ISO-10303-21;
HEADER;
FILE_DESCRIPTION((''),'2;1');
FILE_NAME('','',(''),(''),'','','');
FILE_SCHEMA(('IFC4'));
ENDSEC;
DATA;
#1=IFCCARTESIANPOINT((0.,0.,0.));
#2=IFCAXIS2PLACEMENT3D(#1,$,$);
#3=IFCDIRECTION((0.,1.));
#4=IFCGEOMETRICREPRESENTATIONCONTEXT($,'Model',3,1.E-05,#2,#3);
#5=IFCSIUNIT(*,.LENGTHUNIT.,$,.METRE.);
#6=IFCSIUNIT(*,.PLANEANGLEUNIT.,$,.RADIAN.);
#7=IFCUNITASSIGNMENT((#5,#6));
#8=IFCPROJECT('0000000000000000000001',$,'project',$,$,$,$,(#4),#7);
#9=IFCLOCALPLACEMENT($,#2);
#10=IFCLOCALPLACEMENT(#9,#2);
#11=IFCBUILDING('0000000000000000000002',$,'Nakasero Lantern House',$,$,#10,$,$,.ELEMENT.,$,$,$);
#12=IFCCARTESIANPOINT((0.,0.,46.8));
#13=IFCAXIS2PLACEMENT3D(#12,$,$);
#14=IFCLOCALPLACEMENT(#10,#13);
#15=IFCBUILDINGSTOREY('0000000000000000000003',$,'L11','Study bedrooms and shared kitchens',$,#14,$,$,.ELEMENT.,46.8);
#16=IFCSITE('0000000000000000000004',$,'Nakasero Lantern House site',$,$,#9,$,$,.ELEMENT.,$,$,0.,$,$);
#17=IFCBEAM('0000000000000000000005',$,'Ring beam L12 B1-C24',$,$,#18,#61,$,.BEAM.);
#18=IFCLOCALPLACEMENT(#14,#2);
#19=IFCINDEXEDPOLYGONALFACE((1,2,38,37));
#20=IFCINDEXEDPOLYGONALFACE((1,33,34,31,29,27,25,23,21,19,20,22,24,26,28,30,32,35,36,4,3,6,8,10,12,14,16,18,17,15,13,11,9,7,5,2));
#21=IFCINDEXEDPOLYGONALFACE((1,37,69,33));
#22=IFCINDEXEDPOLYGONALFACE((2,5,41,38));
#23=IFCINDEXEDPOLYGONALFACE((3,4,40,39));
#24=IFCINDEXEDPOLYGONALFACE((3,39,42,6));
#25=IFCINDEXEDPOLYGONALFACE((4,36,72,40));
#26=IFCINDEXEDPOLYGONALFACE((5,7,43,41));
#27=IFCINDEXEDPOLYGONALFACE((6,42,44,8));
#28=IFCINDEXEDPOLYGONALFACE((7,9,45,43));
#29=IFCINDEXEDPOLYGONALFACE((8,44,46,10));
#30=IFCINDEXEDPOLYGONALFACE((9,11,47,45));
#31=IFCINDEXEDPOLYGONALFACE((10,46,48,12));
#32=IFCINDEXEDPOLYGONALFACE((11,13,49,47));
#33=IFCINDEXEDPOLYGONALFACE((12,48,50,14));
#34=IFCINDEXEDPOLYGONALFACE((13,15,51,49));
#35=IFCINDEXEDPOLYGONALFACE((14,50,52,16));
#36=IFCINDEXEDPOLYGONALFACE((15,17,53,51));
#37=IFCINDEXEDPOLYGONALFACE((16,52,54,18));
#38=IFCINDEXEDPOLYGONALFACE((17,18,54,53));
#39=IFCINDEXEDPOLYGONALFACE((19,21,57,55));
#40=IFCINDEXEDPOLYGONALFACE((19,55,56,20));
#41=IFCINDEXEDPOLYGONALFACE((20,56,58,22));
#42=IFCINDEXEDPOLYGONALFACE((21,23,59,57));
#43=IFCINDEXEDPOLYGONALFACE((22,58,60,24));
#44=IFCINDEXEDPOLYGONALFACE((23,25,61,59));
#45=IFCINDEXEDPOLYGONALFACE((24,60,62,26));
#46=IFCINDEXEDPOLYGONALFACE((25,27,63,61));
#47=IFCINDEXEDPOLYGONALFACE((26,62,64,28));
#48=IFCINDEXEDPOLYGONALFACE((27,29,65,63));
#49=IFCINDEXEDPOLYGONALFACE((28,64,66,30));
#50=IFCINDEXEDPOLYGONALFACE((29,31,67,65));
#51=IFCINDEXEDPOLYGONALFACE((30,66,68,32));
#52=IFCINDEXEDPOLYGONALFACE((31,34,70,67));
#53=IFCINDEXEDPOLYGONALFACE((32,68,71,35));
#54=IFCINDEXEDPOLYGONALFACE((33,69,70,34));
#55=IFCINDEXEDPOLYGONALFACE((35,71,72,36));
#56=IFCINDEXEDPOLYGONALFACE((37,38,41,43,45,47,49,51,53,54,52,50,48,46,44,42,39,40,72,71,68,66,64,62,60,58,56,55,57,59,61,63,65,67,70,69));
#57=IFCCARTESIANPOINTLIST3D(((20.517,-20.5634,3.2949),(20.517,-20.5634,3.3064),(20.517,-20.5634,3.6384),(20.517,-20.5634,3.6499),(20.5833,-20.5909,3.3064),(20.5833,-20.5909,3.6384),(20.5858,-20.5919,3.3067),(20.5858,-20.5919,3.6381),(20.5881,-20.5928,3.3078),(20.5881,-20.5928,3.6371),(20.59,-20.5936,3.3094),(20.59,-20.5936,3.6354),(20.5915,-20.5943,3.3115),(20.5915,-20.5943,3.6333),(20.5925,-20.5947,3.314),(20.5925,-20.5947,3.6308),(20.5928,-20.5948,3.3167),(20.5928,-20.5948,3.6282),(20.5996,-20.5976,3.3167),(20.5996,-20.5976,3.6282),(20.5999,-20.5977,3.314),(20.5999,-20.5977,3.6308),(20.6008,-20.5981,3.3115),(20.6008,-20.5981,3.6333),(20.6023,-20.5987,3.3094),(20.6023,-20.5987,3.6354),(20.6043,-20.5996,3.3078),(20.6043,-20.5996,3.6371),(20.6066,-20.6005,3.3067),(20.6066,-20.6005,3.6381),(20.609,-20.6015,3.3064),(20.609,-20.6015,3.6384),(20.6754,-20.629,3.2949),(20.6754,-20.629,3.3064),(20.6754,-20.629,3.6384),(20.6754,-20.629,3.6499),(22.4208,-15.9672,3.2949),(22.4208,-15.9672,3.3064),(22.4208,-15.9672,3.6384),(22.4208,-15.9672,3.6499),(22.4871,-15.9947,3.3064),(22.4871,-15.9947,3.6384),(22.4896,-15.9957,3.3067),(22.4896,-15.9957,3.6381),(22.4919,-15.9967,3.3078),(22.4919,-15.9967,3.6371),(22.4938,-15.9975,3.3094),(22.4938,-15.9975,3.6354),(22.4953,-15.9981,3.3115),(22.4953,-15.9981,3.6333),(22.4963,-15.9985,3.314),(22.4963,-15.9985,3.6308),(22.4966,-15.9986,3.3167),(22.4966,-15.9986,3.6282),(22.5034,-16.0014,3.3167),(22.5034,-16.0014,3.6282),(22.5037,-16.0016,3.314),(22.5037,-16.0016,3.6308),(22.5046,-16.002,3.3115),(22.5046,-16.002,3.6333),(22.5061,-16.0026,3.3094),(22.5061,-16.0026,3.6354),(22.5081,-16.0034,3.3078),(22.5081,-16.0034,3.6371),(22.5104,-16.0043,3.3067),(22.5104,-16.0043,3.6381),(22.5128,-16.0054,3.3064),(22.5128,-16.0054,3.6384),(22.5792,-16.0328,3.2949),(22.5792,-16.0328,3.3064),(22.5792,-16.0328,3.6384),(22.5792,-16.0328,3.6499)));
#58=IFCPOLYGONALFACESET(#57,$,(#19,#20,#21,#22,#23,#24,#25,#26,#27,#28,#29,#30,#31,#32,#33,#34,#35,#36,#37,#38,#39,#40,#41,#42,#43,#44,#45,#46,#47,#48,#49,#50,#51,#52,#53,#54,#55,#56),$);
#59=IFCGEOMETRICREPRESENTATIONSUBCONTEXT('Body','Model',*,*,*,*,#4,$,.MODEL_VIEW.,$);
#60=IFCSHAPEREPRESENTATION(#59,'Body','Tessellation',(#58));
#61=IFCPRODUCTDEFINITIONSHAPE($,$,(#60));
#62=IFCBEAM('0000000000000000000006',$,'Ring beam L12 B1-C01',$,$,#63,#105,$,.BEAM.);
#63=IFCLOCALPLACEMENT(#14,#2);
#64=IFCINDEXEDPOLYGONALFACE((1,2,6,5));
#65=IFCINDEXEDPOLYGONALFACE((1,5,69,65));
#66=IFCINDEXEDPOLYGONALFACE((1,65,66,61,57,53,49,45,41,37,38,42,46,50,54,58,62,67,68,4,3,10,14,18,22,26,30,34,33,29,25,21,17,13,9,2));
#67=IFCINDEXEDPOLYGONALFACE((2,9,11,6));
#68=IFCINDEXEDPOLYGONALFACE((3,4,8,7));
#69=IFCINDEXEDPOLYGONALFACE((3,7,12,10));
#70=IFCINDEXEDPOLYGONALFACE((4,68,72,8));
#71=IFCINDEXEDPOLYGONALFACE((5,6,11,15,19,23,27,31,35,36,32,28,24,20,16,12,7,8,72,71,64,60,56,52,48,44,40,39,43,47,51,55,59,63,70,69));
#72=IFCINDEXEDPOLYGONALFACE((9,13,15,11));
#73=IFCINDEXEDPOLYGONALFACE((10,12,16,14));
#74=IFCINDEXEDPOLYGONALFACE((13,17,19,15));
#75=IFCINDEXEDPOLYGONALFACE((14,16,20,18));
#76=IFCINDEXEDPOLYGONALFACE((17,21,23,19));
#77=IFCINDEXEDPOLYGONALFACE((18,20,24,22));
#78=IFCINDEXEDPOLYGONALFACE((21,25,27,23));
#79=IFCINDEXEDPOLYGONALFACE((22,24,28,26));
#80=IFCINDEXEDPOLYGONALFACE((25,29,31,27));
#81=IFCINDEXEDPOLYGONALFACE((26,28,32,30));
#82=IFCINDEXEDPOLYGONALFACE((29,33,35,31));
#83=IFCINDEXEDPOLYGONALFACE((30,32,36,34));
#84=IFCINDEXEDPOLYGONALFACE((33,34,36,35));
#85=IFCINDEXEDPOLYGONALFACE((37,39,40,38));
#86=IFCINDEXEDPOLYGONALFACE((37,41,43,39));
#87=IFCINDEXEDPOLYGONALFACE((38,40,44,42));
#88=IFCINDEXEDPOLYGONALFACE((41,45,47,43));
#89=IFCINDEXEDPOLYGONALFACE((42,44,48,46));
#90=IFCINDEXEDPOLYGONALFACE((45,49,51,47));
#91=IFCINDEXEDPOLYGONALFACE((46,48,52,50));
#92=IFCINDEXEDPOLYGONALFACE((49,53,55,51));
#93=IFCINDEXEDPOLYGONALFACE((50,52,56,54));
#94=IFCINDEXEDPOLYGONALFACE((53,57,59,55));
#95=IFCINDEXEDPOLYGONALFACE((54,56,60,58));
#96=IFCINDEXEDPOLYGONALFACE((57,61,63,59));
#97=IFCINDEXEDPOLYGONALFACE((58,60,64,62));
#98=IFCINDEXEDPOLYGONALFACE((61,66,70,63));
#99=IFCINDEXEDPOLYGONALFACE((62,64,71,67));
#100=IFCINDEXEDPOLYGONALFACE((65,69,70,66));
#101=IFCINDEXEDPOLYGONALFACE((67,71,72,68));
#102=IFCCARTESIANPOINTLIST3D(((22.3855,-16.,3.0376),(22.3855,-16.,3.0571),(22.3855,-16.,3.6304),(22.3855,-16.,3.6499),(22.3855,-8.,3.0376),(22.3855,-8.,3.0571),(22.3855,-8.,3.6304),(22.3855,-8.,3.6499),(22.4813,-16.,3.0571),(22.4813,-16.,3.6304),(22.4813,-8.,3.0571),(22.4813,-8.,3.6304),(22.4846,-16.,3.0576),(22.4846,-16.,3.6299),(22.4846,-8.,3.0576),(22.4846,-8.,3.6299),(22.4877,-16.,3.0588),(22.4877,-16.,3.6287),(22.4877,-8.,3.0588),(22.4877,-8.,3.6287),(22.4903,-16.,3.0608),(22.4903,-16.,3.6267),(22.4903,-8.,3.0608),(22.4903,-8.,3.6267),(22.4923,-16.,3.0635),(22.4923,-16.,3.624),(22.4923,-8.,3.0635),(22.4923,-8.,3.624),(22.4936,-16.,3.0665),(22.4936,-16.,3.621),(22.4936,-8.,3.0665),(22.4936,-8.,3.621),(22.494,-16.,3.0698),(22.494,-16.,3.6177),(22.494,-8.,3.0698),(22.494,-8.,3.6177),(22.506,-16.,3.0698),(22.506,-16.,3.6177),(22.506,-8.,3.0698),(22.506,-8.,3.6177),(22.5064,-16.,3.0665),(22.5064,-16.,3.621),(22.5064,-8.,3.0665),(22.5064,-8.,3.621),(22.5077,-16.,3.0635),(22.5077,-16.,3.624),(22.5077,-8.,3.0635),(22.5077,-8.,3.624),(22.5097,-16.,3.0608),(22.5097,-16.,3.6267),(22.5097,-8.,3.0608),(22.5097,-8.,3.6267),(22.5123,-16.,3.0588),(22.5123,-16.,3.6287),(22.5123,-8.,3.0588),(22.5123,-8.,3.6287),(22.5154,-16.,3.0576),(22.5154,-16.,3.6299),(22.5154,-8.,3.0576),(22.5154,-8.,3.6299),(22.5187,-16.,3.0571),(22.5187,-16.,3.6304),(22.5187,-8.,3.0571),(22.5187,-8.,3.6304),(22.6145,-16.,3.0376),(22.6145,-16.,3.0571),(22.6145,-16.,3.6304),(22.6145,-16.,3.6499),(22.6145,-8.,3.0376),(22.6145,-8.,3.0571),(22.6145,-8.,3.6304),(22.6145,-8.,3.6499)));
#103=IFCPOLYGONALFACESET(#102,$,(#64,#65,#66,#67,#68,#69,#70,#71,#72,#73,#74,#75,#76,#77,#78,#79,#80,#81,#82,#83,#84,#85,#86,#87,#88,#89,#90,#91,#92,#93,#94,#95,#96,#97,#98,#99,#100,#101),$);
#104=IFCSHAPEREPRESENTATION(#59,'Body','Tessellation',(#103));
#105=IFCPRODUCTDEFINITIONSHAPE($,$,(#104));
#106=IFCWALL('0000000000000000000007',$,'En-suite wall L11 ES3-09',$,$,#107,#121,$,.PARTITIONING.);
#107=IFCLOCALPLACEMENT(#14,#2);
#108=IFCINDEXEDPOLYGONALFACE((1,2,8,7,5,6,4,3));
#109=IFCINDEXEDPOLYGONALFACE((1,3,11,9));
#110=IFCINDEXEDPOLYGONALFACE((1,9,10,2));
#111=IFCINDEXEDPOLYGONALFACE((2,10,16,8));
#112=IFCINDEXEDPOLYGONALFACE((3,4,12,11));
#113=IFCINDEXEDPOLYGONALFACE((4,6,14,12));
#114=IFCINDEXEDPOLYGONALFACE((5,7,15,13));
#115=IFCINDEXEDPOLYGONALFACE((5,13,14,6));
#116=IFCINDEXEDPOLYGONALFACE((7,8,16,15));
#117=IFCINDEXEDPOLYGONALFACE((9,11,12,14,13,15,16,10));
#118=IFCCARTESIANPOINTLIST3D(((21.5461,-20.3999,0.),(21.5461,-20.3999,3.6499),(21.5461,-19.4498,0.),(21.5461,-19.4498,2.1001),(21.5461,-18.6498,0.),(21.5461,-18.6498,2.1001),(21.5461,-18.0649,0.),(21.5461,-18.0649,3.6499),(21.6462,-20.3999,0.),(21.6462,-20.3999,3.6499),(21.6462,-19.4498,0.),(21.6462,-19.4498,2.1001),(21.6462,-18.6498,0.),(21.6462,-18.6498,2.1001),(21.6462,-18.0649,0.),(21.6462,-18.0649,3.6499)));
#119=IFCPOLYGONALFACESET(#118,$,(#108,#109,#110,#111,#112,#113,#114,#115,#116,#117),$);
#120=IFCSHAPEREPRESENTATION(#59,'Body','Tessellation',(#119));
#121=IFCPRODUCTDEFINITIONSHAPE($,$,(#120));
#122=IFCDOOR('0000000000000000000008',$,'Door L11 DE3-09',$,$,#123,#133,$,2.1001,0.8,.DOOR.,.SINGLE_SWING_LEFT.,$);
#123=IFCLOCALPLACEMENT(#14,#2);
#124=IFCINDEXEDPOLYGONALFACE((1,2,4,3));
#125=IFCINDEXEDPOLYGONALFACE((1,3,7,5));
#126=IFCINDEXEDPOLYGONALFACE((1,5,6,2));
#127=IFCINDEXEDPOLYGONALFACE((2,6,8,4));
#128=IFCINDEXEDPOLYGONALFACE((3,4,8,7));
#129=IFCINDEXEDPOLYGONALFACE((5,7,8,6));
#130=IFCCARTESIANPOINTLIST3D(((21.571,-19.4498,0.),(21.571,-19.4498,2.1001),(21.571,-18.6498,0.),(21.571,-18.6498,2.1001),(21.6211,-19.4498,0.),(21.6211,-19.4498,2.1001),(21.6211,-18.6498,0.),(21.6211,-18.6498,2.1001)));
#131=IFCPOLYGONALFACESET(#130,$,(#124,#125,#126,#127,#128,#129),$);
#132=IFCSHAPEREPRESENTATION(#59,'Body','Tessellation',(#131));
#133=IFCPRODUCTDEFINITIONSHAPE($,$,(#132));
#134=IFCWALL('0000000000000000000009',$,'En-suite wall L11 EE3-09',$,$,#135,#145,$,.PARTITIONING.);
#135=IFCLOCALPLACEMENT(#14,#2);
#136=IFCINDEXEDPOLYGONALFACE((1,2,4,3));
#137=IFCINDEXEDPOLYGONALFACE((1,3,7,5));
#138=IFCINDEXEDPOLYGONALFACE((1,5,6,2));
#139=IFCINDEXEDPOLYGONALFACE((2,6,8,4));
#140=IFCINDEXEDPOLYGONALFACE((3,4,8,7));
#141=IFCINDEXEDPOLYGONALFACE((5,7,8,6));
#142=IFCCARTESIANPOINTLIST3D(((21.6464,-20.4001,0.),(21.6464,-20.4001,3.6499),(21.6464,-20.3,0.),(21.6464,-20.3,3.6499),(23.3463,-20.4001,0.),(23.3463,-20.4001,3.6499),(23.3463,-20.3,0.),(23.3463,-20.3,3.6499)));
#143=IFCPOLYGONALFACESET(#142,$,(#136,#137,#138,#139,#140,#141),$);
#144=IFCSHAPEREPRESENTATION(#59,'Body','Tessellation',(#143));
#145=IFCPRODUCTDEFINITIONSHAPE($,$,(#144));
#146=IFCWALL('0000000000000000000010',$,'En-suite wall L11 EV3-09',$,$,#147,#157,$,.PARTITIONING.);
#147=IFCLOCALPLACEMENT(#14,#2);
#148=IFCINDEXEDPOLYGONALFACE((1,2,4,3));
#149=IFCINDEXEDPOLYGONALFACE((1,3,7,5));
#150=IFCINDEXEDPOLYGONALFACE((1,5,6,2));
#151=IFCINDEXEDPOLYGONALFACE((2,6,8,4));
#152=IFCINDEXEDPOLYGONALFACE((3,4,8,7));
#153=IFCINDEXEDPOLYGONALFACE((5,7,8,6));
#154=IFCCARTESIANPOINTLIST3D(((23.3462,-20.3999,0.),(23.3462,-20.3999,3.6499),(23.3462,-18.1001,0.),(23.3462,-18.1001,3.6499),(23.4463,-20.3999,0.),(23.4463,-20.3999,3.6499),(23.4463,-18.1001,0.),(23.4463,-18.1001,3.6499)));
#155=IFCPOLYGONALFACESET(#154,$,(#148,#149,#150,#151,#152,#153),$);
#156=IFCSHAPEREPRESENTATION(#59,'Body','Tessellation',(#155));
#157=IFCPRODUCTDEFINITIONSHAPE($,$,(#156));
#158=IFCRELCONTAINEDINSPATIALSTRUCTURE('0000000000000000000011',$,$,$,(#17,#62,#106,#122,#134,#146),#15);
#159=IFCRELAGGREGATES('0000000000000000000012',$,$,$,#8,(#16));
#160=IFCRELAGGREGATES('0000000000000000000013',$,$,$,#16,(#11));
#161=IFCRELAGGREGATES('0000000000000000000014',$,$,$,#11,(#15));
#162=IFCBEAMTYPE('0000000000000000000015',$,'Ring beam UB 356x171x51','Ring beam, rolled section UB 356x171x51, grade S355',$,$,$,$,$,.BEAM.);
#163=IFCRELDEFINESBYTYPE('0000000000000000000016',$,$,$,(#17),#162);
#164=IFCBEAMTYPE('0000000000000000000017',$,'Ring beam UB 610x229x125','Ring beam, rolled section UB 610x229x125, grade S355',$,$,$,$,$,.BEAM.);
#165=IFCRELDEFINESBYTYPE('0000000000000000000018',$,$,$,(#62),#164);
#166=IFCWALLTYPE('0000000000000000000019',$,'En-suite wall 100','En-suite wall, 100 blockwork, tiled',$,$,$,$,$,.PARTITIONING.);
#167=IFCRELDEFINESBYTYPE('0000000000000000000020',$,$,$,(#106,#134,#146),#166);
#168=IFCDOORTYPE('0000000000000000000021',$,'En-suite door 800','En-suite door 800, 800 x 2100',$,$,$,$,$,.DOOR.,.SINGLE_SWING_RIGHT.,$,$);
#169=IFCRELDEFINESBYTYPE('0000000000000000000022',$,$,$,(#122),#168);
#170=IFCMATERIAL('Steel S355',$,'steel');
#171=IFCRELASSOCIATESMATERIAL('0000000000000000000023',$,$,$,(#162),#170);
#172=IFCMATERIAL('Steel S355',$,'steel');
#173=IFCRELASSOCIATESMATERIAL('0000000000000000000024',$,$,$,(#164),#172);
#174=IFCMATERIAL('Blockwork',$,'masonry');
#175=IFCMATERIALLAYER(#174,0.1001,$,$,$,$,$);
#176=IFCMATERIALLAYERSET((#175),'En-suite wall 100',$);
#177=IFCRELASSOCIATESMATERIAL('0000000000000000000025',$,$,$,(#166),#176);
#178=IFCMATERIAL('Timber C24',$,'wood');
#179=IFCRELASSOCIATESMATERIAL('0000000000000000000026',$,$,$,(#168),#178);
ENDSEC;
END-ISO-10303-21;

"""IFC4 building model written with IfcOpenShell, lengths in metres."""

from ifc_helpers import new_model, si_unit, direction, frame, frame_2d, origin, origin_2d, place, context, subcontext, project, spatial, rectangle, i_section, extrude, material, layer, layer_set, material_profile, profile_set, type_object, element, fill, save


model = new_model("IFC4")

# Units and contexts
model_context = context("Model", 3, precision=1e-05, world=origin(), true_north=direction((0.0, 1.0)))
body_context = subcontext(model_context, "Body", "Model", "MODEL_VIEW")
ifc_project = project(units=[si_unit("LENGTHUNIT", "METRE"), si_unit("PLANEANGLEUNIT", "RADIAN")], contexts=[model_context])

# Site, building, storey
site_placement = place(None, origin())
site = spatial("IfcSite", under=ifc_project, at=site_placement, Name="Nakasero Lantern House site", CompositionType="ELEMENT", RefElevation=0.0)
building_placement = place(site_placement, origin())
building = spatial("IfcBuilding", under=site, at=building_placement, Name="Nakasero Lantern House", CompositionType="ELEMENT")
storey_placement = place(building_placement, frame((0.0, 0.0, 46.8)))
storey = spatial("IfcBuildingStorey", under=building, at=storey_placement, Name="L11", Description="Study bedrooms and shared kitchens", CompositionType="ELEMENT", Elevation=46.8)

# Beams
ifc_material_1 = material(Name="Steel S355", Category="steel")
ifc_material_profile_1 = material_profile(ifc_material_1, i_section(OverallWidth=0.1714, OverallDepth=0.355, WebThickness=0.0073, FlangeThickness=0.0115, FilletRadius=0.0103, at=origin_2d()), Name="UB 356x171x51")
ifc_profile_set_1 = profile_set([ifc_material_profile_1], Name="Steel S355")
beam_type_1 = type_object("IfcBeamType", Name="Ring beam UB 356x171x51", Description="Ring beam, rolled section UB 356x171x51, grade S355", PredefinedType="BEAM", material=ifc_profile_set_1)
beam_1_placement = place(storey_placement, frame((20.5962, -20.5962, 3.4724), z_axis=(0.382684, 0.923879, 0.0), x_axis=(-0.923879, 0.382684, 0.0)))
element("IfcBeam", 1, at=beam_1_placement, inside=storey, type_object=beam_type_1, Name="Ring beam L12 B1-C24", PredefinedType="BEAM", context=body_context, shape_type="SweptSolid", body=[
    extrude(i_section(OverallWidth=0.1714, OverallDepth=0.355, WebThickness=0.0073, FlangeThickness=0.0115, FilletRadius=0.0103, at=origin_2d()), origin(), (0.0, 0.0, 1.0), 4.9749),
])
ifc_material_2 = material(Name="Steel S355", Category="steel")
ifc_material_profile_2 = material_profile(ifc_material_2, i_section(OverallWidth=0.229, OverallDepth=0.6123, WebThickness=0.012, FlangeThickness=0.0195, FilletRadius=0.0127, at=origin_2d()), Name="UB 610x229x125")
ifc_profile_set_2 = profile_set([ifc_material_profile_2], Name="Steel S355")
beam_type_2 = type_object("IfcBeamType", Name="Ring beam UB 610x229x125", Description="Ring beam, rolled section UB 610x229x125, grade S355", PredefinedType="BEAM", material=ifc_profile_set_2)
beam_2_placement = place(storey_placement, frame((22.5, -16.0, 3.3438), z_axis=(0.0, 1.0, 0.0), x_axis=(-1.0, 0.0, 0.0)))
element("IfcBeam", 2, at=beam_2_placement, inside=storey, type_object=beam_type_2, Name="Ring beam L12 B1-C01", PredefinedType="BEAM", context=body_context, shape_type="SweptSolid", body=[
    extrude(i_section(OverallWidth=0.229, OverallDepth=0.6123, WebThickness=0.012, FlangeThickness=0.0195, FilletRadius=0.0127, at=origin_2d()), origin(), (0.0, 0.0, 1.0), 8.0),
])

# Wall, opening, door
ifc_material_3 = material(Name="Blockwork", Category="masonry")
ifc_layer_1 = layer(ifc_material_3, 0.1001)
ifc_layer_set_1 = layer_set([ifc_layer_1], Name="En-suite wall 100")
wall_type_1 = type_object("IfcWallType", Name="En-suite wall 100", Description="En-suite wall, 100 blockwork, tiled", PredefinedType="PARTITIONING", material=ifc_layer_set_1)
wall_1_placement = place(storey_placement, frame((21.5962, -18.0649, 0.0), z_axis=(0.0, 0.0, 1.0), x_axis=(0.0, -1.0, 0.0)))
wall_1 = element("IfcWall", 3, at=wall_1_placement, inside=storey, type_object=wall_type_1, Name="En-suite wall L11 ES3-09", PredefinedType="PARTITIONING", context=body_context, shape_type="SweptSolid", body=[
    extrude(rectangle(XDim=2.335, YDim=0.1001, at=frame_2d((1.1675, 0.0))), origin(), (0.0, 0.0, 1.0), 3.6499),
])
opening_1_placement = place(wall_1_placement, frame((0.585, 0.0, 0.0)))
opening_1 = element("IfcOpeningElement", 4, at=opening_1_placement, cuts=wall_1, PredefinedType="OPENING", context=body_context, shape_type="SweptSolid", body=[
    extrude(rectangle(XDim=0.8, YDim=2.1001, at=frame_2d((0.3999, 1.05))), frame((0.0, 0.0701, 0.0), z_axis=(0.0, -1.0, 0.0), x_axis=(1.0, 0.0, 0.0)), (0.0, 0.0, 1.0), 0.1401),
])
ifc_material_4 = material(Name="Timber C24", Category="wood")
door_type_1 = type_object("IfcDoorType", Name="En-suite door 800", Description="En-suite door 800, 800 x 2100", OperationType="SINGLE_SWING_RIGHT", PredefinedType="DOOR", material=ifc_material_4)
door_1_placement = place(opening_1_placement, origin())
door_1 = element("IfcDoor", 5, at=door_1_placement, inside=storey, type_object=door_type_1, Name="Door L11 DE3-09", OperationType="SINGLE_SWING_LEFT", OverallHeight=2.1001, OverallWidth=0.8, PredefinedType="DOOR", context=body_context, shape_type="SweptSolid", body=[
    extrude(rectangle(XDim=0.8, YDim=2.1001, at=frame_2d((0.3999, 1.05))), frame((0.0, 0.0249, 0.0), z_axis=(0.0, -1.0, 0.0), x_axis=(1.0, 0.0, 0.0)), (0.0, 0.0, 1.0), 0.05),
])
fill(opening_1, door_1)

# Walls
wall_2_placement = place(storey_placement, frame((21.6462, -20.3501, 0.0), z_axis=(0.0, 0.0, 1.0), x_axis=(1.0, 0.0, 0.0)))
element("IfcWall", 6, at=wall_2_placement, inside=storey, type_object=wall_type_1, Name="En-suite wall L11 EE3-09", PredefinedType="PARTITIONING", context=body_context, shape_type="SweptSolid", body=[
    extrude(rectangle(XDim=1.7, YDim=0.1001, at=frame_2d((0.8501, 0.0))), origin(), (0.0, 0.0, 1.0), 3.6499),
])
wall_3_placement = place(storey_placement, frame((23.3962, -18.1001, 0.0), z_axis=(0.0, 0.0, 1.0), x_axis=(0.0, -1.0, 0.0)))
element("IfcWall", 7, at=wall_3_placement, inside=storey, type_object=wall_type_1, Name="En-suite wall L11 EV3-09", PredefinedType="PARTITIONING", context=body_context, shape_type="SweptSolid", body=[
    extrude(rectangle(XDim=2.2998, YDim=0.1001, at=frame_2d((1.1499, 0.0))), origin(), (0.0, 0.0, 1.0), 3.6499),
])

save(model, "model.ifc")
